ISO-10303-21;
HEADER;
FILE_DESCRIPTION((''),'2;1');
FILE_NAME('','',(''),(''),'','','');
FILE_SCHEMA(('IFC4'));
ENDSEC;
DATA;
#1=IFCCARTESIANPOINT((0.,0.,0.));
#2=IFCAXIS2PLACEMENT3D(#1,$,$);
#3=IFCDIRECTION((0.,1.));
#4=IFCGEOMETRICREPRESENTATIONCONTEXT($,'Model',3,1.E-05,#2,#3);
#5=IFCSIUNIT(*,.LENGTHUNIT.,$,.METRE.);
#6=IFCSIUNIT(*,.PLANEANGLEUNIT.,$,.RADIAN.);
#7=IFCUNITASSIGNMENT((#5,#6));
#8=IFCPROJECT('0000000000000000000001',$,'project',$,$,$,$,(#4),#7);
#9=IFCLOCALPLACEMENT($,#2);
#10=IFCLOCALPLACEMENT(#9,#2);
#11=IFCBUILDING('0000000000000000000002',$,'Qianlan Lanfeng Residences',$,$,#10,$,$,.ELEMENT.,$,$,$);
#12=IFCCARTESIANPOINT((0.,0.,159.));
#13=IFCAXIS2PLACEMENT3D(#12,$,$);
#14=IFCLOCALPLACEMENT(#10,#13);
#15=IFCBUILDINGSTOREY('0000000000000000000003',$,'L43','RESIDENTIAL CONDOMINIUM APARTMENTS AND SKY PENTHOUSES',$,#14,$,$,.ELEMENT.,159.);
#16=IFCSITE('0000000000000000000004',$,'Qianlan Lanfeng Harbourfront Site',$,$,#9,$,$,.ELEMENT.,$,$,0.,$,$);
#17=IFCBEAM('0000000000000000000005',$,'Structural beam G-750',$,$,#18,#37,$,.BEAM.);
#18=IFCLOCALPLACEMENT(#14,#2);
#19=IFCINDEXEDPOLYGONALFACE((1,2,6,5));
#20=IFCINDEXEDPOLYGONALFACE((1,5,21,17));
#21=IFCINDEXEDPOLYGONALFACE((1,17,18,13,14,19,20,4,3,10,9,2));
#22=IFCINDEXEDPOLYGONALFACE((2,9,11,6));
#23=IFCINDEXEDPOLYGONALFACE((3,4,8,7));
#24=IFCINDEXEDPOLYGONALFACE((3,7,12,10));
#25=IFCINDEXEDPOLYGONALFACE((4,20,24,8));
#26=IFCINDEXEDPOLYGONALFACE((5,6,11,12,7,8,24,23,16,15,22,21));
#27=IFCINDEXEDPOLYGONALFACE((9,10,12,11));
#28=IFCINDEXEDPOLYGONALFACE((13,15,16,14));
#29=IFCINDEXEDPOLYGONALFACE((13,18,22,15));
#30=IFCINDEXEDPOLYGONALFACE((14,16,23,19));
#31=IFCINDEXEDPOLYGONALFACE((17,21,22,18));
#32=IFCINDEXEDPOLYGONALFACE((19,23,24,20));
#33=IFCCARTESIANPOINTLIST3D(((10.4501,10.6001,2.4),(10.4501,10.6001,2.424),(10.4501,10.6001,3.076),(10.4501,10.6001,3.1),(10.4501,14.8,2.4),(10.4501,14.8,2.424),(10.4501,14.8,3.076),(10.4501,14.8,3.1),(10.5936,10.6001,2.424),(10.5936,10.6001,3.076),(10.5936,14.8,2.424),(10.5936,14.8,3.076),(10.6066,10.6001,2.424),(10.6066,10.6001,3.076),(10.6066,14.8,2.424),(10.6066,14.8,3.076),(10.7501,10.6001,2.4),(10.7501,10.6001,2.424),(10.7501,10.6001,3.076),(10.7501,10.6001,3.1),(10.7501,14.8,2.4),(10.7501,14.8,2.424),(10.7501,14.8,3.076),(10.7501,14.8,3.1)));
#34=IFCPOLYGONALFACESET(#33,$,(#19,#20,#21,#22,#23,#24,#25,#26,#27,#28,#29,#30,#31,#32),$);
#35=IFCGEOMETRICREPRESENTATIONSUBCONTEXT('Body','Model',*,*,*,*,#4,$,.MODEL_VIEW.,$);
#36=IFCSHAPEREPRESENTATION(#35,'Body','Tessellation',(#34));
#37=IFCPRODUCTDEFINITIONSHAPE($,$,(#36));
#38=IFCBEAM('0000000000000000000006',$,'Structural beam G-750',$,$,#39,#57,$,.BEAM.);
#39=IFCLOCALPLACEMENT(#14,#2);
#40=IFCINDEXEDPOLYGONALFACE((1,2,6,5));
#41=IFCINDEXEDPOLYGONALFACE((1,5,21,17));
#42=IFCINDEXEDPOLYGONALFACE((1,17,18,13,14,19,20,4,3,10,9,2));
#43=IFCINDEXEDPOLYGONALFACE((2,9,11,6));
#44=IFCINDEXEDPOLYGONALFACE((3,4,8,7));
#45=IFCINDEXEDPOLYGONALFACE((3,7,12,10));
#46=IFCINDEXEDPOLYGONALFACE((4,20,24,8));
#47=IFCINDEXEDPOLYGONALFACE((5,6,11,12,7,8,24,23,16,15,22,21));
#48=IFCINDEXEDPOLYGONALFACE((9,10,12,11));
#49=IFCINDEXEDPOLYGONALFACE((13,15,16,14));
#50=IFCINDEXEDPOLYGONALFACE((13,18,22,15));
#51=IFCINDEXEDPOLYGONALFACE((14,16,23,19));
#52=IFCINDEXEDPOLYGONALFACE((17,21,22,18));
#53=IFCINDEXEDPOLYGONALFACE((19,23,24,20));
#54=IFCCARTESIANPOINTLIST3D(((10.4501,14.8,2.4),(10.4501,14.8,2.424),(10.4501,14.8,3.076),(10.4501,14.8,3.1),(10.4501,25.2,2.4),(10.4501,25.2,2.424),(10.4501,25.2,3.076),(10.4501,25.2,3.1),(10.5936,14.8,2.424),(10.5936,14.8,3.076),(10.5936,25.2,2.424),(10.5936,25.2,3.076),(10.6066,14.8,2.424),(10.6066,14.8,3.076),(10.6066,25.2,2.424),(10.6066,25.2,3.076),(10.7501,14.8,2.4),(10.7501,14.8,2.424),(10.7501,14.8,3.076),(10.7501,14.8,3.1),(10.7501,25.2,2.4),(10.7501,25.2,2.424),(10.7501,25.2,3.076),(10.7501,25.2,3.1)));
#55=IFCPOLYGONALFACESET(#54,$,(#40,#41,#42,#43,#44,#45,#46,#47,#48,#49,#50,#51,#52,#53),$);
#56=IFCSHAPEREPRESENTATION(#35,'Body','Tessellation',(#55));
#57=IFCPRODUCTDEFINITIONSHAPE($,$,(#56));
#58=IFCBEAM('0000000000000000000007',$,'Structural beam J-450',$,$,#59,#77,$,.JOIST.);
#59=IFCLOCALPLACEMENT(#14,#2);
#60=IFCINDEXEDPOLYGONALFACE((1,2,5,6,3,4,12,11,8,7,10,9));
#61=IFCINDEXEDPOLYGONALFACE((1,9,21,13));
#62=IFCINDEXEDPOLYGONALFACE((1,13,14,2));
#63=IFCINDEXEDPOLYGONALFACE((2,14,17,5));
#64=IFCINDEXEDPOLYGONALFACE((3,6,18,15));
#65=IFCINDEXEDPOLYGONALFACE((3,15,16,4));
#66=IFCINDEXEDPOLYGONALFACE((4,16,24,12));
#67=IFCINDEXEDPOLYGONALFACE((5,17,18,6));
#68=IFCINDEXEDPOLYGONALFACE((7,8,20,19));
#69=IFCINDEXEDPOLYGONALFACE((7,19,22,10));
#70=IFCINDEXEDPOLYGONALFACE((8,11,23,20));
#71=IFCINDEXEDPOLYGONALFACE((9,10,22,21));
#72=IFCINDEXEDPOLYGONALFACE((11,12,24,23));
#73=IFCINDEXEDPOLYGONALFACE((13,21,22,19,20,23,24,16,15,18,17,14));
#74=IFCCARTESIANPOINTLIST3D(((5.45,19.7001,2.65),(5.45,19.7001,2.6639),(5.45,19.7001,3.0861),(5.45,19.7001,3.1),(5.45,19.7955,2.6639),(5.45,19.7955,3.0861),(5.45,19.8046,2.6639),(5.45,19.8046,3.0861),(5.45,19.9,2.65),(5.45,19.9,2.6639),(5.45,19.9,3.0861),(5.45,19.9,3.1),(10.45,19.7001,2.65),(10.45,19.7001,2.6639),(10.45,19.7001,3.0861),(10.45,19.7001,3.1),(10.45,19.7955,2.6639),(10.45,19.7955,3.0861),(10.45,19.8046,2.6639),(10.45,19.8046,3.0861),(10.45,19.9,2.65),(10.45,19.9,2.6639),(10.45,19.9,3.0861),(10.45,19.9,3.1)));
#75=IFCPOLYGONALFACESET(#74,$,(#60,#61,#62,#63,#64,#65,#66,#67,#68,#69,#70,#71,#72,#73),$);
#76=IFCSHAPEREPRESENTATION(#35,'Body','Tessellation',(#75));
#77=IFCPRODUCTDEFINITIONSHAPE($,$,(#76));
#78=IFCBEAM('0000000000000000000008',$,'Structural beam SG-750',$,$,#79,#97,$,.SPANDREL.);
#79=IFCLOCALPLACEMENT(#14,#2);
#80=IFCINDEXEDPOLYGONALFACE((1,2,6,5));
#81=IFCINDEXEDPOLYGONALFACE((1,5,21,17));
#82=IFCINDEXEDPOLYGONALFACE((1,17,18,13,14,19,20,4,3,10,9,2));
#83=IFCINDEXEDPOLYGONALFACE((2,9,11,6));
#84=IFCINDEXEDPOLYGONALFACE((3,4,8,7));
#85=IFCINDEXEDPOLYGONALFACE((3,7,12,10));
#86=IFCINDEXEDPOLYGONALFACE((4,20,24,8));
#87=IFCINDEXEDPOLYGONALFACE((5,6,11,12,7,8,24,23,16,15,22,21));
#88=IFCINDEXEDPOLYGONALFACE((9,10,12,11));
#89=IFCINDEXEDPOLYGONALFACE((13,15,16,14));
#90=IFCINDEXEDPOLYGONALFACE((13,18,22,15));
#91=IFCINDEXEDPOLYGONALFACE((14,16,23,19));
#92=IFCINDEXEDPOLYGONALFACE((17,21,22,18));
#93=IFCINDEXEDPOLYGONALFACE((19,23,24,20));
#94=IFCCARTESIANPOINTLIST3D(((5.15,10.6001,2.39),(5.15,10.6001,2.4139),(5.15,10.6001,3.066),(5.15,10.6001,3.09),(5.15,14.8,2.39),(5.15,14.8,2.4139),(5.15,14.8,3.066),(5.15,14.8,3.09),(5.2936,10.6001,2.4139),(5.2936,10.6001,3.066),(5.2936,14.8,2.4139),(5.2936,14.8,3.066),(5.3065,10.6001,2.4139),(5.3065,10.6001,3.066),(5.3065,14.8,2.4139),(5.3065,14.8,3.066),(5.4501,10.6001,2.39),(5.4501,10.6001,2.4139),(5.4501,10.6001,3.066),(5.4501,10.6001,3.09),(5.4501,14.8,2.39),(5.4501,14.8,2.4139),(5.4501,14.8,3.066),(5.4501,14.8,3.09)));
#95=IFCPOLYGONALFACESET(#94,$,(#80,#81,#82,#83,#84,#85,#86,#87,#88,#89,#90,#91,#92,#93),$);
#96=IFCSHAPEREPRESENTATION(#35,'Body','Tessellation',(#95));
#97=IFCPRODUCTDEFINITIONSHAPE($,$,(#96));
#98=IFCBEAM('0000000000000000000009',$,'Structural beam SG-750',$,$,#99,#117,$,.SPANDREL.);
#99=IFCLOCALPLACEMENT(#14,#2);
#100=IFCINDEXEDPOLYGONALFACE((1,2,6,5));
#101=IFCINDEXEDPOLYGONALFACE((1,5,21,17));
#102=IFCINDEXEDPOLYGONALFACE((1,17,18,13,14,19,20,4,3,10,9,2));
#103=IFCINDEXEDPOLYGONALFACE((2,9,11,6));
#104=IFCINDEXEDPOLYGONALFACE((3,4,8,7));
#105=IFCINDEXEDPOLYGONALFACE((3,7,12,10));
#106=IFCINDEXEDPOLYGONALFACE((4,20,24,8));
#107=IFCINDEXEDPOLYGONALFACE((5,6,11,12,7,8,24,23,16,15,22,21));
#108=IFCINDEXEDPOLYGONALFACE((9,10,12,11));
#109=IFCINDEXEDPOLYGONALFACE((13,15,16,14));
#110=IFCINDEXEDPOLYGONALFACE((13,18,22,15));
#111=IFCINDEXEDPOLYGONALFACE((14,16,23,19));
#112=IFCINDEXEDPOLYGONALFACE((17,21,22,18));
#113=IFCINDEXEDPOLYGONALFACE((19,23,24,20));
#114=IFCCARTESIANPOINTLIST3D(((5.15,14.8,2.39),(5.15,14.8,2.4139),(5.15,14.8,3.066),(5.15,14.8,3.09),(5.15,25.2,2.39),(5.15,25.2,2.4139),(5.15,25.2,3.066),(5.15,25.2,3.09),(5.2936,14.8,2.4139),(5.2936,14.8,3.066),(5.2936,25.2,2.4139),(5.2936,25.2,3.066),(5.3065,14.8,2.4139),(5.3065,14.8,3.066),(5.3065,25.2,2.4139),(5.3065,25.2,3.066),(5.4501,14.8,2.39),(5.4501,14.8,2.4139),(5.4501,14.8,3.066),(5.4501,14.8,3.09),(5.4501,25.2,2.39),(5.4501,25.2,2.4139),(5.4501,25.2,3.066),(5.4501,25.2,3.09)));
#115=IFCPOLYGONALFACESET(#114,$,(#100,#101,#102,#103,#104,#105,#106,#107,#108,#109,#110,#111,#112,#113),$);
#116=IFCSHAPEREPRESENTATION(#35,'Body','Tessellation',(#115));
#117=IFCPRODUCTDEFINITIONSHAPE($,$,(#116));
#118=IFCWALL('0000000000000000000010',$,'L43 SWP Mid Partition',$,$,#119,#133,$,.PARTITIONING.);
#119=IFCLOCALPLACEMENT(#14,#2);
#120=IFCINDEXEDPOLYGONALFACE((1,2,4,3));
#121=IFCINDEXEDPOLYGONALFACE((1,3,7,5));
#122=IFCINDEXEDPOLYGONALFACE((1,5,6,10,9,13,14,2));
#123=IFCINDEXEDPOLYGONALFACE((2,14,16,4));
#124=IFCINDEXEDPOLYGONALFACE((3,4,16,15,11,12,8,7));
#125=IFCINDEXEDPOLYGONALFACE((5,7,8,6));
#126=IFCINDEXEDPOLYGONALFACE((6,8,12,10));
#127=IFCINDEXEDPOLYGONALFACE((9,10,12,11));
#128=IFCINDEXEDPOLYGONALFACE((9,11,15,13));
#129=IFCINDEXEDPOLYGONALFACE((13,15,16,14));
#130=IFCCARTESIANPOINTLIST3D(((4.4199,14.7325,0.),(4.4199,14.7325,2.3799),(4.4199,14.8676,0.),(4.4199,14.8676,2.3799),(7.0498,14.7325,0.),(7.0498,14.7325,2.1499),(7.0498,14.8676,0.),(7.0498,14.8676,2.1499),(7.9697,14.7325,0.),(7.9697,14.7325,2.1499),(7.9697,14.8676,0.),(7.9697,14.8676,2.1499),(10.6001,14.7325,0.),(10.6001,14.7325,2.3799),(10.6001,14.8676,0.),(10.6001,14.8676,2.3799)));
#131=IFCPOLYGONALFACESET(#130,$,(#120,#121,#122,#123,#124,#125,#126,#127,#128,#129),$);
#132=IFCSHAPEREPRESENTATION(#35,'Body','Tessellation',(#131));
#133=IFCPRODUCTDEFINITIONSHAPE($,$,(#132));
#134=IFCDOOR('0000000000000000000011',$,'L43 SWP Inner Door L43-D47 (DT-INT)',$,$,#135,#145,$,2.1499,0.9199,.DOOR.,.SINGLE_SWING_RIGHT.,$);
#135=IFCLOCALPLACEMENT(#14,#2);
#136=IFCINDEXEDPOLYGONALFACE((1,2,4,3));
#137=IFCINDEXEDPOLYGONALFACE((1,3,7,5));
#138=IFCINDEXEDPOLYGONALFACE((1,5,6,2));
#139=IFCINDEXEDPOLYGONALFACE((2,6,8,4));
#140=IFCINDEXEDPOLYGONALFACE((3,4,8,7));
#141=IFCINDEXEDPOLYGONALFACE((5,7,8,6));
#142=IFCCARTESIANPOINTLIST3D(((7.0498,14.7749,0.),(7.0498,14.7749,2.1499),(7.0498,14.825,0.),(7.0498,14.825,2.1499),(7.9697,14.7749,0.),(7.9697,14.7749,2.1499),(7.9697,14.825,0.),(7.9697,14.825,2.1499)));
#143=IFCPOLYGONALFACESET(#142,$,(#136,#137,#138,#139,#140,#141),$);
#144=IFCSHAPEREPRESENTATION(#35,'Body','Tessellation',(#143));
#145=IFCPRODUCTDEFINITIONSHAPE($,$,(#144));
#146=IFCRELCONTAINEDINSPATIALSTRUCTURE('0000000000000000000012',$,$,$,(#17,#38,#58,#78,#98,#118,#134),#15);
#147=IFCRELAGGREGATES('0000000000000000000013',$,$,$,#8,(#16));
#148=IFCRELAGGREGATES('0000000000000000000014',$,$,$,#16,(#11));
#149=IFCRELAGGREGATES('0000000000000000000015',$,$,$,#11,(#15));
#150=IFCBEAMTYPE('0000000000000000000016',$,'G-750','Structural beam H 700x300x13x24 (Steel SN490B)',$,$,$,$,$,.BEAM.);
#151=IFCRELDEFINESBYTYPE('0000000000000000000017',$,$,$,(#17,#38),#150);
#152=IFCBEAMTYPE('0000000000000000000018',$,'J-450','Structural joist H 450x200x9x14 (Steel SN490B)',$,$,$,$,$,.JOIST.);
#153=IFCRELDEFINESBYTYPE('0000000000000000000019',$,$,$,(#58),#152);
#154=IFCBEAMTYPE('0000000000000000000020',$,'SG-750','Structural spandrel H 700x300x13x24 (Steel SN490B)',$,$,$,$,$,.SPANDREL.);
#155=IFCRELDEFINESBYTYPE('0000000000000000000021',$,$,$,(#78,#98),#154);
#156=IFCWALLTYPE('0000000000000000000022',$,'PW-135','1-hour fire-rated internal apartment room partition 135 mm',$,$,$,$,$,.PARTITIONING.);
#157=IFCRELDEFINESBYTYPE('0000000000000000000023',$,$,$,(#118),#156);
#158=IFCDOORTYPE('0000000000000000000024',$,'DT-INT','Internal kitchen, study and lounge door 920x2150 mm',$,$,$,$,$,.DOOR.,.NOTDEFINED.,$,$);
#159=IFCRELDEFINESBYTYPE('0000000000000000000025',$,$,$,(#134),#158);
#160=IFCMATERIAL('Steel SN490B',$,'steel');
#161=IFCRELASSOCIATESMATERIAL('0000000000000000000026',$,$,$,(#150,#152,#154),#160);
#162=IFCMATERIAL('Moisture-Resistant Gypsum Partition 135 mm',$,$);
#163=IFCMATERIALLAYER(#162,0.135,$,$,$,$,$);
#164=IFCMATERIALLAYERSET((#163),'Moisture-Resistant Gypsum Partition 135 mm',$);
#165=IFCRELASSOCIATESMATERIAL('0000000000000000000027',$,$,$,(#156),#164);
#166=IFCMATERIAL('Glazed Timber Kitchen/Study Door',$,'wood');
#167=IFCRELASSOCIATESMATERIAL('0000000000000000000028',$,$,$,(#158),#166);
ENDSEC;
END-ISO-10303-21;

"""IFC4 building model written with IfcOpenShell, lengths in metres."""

from ifc_helpers import new_model, si_unit, direction, frame, frame_2d, origin, origin_2d, place, context, subcontext, project, spatial, rectangle, i_section, extrude, material, layer, layer_set, material_profile, profile_set, type_object, element, fill, save


model = new_model("IFC4")

# Units and contexts
model_context = context("Model", 3, precision=1e-05, world=origin(), true_north=direction((0.0, 1.0)))
body_context = subcontext(model_context, "Body", "Model", "MODEL_VIEW")
ifc_project = project(units=[si_unit("LENGTHUNIT", "METRE"), si_unit("PLANEANGLEUNIT", "RADIAN")], contexts=[model_context])

# Site, building, storey
site_placement = place(None, origin())
site = spatial("IfcSite", under=ifc_project, at=site_placement, Name="Qianlan Lanfeng Harbourfront Site", CompositionType="ELEMENT", RefElevation=0.0)
building_placement = place(site_placement, origin())
building = spatial("IfcBuilding", under=site, at=building_placement, Name="Qianlan Lanfeng Residences", CompositionType="ELEMENT")
storey_placement = place(building_placement, frame((0.0, 0.0, 159.0)))
storey = spatial("IfcBuildingStorey", under=building, at=storey_placement, Name="L43", Description="RESIDENTIAL CONDOMINIUM APARTMENTS AND SKY PENTHOUSES", CompositionType="ELEMENT", Elevation=159.0)

# Shared definitions
ifc_material_1 = material(Name="Steel SN490B", Category="steel")

# Beams
ifc_material_profile_1 = material_profile(ifc_material_1, i_section(OverallWidth=0.3, OverallDepth=0.7, WebThickness=0.0129, FlangeThickness=0.0239, at=origin_2d()), Name="H 700x300x13x24")
ifc_profile_set_1 = profile_set([ifc_material_profile_1], Name="Steel SN490B")
beam_type_1 = type_object("IfcBeamType", Name="G-750", Description="Structural beam H 700x300x13x24 (Steel SN490B)", PredefinedType="BEAM", material=ifc_profile_set_1)
beam_1_placement = place(storey_placement, frame((10.6001, 10.6001, 2.75), z_axis=(0.0, 1.0, 0.0), x_axis=(-1.0, 0.0, 0.0)))
element("IfcBeam", 1, at=beam_1_placement, inside=storey, type_object=beam_type_1, Name="Structural beam G-750", PredefinedType="BEAM", context=body_context, shape_type="SweptSolid", body=[
    extrude(i_section(OverallWidth=0.3, OverallDepth=0.7, WebThickness=0.0129, FlangeThickness=0.0239, at=origin_2d()), origin(), (0.0, 0.0, 1.0), 4.2),
])
beam_2_placement = place(storey_placement, frame((10.6001, 14.8, 2.75), z_axis=(0.0, 1.0, 0.0), x_axis=(-1.0, 0.0, 0.0)))
element("IfcBeam", 2, at=beam_2_placement, inside=storey, type_object=beam_type_1, Name="Structural beam G-750", PredefinedType="BEAM", context=body_context, shape_type="SweptSolid", body=[
    extrude(i_section(OverallWidth=0.3, OverallDepth=0.7, WebThickness=0.0129, FlangeThickness=0.0239, at=origin_2d()), origin(), (0.0, 0.0, 1.0), 10.3999),
])
ifc_material_profile_2 = material_profile(ifc_material_1, i_section(OverallWidth=0.2, OverallDepth=0.45, WebThickness=0.009, FlangeThickness=0.0139, at=origin_2d()), Name="H 450x200x9x14")
ifc_profile_set_2 = profile_set([ifc_material_profile_2], Name="Steel SN490B")
beam_type_2 = type_object("IfcBeamType", Name="J-450", Description="Structural joist H 450x200x9x14 (Steel SN490B)", PredefinedType="JOIST", material=ifc_profile_set_2)
beam_3_placement = place(storey_placement, frame((5.45, 19.8, 2.875), z_axis=(1.0, 0.0, 0.0), x_axis=(0.0, 1.0, 0.0)))
element("IfcBeam", 3, at=beam_3_placement, inside=storey, type_object=beam_type_2, Name="Structural beam J-450", PredefinedType="JOIST", context=body_context, shape_type="SweptSolid", body=[
    extrude(i_section(OverallWidth=0.2, OverallDepth=0.45, WebThickness=0.009, FlangeThickness=0.0139, at=origin_2d()), origin(), (0.0, 0.0, 1.0), 5.0),
])
ifc_material_profile_3 = material_profile(ifc_material_1, i_section(OverallWidth=0.3, OverallDepth=0.7, WebThickness=0.0129, FlangeThickness=0.0239, at=origin_2d()), Name="H 700x300x13x24")
ifc_profile_set_3 = profile_set([ifc_material_profile_3], Name="Steel SN490B")
beam_type_3 = type_object("IfcBeamType", Name="SG-750", Description="Structural spandrel H 700x300x13x24 (Steel SN490B)", PredefinedType="SPANDREL", material=ifc_profile_set_3)
beam_4_placement = place(storey_placement, frame((5.3, 10.6001, 2.74), z_axis=(0.0, 1.0, 0.0), x_axis=(-1.0, 0.0, 0.0)))
element("IfcBeam", 4, at=beam_4_placement, inside=storey, type_object=beam_type_3, Name="Structural beam SG-750", PredefinedType="SPANDREL", context=body_context, shape_type="SweptSolid", body=[
    extrude(i_section(OverallWidth=0.3, OverallDepth=0.7, WebThickness=0.0129, FlangeThickness=0.0239, at=origin_2d()), origin(), (0.0, 0.0, 1.0), 4.2),
])
beam_5_placement = place(storey_placement, frame((5.3, 14.8, 2.74), z_axis=(0.0, 1.0, 0.0), x_axis=(-1.0, 0.0, 0.0)))
element("IfcBeam", 5, at=beam_5_placement, inside=storey, type_object=beam_type_3, Name="Structural beam SG-750", PredefinedType="SPANDREL", context=body_context, shape_type="SweptSolid", body=[
    extrude(i_section(OverallWidth=0.3, OverallDepth=0.7, WebThickness=0.0129, FlangeThickness=0.0239, at=origin_2d()), origin(), (0.0, 0.0, 1.0), 10.3999),
])

# Wall, opening, door
ifc_material_2 = material(Name="Moisture-Resistant Gypsum Partition 135 mm")
ifc_layer_1 = layer(ifc_material_2, 0.135)
ifc_layer_set_1 = layer_set([ifc_layer_1], Name="Moisture-Resistant Gypsum Partition 135 mm")
wall_type_1 = type_object("IfcWallType", Name="PW-135", Description="1-hour fire-rated internal apartment room partition 135 mm", PredefinedType="PARTITIONING", material=ifc_layer_set_1)
ifc_material_3 = material(Name="Glazed Timber Kitchen/Study Door", Category="wood")
door_type_1 = type_object("IfcDoorType", Name="DT-INT", Description="Internal kitchen, study and lounge door 920x2150 mm", OperationType="NOTDEFINED", PredefinedType="DOOR", material=ifc_material_3)
wall_1_placement = place(storey_placement, frame((4.4199, 14.8, 0.0), z_axis=(0.0, 0.0, 1.0), x_axis=(1.0, 0.0, 0.0)))
wall_1 = element("IfcWall", 6, at=wall_1_placement, inside=storey, type_object=wall_type_1, Name="L43 SWP Mid Partition", PredefinedType="PARTITIONING", context=body_context, shape_type="SweptSolid", body=[
    extrude(rectangle(XDim=6.1802, YDim=0.135, at=frame_2d((3.0901, 0.0))), origin(), (0.0, 0.0, 1.0), 2.3799),
])
opening_1_placement = place(wall_1_placement, frame((2.6299, 0.0, 0.0)))
opening_1 = element("IfcOpeningElement", 7, at=opening_1_placement, cuts=wall_1, PredefinedType="OPENING", context=body_context, shape_type="SweptSolid", body=[
    extrude(rectangle(XDim=0.9199, YDim=2.1499, at=frame_2d((0.46, 1.075))), frame((0.0, 0.0776, 0.0), z_axis=(0.0, -1.0, 0.0), x_axis=(1.0, 0.0, 0.0)), (0.0, 0.0, 1.0), 0.155),
])
door_1_placement = place(opening_1_placement, origin())
door_1 = element("IfcDoor", 8, at=door_1_placement, inside=storey, type_object=door_type_1, Name="L43 SWP Inner Door L43-D47 (DT-INT)", OperationType="SINGLE_SWING_RIGHT", OverallHeight=2.1499, OverallWidth=0.9199, PredefinedType="DOOR", context=body_context, shape_type="SweptSolid", body=[
    extrude(rectangle(XDim=0.9199, YDim=2.1499, at=frame_2d((0.46, 1.075))), frame((0.0, 0.0249, 0.0), z_axis=(0.0, -1.0, 0.0), x_axis=(1.0, 0.0, 0.0)), (0.0, 0.0, 1.0), 0.05),
])
fill(opening_1, door_1)

save(model, "model.ifc")
